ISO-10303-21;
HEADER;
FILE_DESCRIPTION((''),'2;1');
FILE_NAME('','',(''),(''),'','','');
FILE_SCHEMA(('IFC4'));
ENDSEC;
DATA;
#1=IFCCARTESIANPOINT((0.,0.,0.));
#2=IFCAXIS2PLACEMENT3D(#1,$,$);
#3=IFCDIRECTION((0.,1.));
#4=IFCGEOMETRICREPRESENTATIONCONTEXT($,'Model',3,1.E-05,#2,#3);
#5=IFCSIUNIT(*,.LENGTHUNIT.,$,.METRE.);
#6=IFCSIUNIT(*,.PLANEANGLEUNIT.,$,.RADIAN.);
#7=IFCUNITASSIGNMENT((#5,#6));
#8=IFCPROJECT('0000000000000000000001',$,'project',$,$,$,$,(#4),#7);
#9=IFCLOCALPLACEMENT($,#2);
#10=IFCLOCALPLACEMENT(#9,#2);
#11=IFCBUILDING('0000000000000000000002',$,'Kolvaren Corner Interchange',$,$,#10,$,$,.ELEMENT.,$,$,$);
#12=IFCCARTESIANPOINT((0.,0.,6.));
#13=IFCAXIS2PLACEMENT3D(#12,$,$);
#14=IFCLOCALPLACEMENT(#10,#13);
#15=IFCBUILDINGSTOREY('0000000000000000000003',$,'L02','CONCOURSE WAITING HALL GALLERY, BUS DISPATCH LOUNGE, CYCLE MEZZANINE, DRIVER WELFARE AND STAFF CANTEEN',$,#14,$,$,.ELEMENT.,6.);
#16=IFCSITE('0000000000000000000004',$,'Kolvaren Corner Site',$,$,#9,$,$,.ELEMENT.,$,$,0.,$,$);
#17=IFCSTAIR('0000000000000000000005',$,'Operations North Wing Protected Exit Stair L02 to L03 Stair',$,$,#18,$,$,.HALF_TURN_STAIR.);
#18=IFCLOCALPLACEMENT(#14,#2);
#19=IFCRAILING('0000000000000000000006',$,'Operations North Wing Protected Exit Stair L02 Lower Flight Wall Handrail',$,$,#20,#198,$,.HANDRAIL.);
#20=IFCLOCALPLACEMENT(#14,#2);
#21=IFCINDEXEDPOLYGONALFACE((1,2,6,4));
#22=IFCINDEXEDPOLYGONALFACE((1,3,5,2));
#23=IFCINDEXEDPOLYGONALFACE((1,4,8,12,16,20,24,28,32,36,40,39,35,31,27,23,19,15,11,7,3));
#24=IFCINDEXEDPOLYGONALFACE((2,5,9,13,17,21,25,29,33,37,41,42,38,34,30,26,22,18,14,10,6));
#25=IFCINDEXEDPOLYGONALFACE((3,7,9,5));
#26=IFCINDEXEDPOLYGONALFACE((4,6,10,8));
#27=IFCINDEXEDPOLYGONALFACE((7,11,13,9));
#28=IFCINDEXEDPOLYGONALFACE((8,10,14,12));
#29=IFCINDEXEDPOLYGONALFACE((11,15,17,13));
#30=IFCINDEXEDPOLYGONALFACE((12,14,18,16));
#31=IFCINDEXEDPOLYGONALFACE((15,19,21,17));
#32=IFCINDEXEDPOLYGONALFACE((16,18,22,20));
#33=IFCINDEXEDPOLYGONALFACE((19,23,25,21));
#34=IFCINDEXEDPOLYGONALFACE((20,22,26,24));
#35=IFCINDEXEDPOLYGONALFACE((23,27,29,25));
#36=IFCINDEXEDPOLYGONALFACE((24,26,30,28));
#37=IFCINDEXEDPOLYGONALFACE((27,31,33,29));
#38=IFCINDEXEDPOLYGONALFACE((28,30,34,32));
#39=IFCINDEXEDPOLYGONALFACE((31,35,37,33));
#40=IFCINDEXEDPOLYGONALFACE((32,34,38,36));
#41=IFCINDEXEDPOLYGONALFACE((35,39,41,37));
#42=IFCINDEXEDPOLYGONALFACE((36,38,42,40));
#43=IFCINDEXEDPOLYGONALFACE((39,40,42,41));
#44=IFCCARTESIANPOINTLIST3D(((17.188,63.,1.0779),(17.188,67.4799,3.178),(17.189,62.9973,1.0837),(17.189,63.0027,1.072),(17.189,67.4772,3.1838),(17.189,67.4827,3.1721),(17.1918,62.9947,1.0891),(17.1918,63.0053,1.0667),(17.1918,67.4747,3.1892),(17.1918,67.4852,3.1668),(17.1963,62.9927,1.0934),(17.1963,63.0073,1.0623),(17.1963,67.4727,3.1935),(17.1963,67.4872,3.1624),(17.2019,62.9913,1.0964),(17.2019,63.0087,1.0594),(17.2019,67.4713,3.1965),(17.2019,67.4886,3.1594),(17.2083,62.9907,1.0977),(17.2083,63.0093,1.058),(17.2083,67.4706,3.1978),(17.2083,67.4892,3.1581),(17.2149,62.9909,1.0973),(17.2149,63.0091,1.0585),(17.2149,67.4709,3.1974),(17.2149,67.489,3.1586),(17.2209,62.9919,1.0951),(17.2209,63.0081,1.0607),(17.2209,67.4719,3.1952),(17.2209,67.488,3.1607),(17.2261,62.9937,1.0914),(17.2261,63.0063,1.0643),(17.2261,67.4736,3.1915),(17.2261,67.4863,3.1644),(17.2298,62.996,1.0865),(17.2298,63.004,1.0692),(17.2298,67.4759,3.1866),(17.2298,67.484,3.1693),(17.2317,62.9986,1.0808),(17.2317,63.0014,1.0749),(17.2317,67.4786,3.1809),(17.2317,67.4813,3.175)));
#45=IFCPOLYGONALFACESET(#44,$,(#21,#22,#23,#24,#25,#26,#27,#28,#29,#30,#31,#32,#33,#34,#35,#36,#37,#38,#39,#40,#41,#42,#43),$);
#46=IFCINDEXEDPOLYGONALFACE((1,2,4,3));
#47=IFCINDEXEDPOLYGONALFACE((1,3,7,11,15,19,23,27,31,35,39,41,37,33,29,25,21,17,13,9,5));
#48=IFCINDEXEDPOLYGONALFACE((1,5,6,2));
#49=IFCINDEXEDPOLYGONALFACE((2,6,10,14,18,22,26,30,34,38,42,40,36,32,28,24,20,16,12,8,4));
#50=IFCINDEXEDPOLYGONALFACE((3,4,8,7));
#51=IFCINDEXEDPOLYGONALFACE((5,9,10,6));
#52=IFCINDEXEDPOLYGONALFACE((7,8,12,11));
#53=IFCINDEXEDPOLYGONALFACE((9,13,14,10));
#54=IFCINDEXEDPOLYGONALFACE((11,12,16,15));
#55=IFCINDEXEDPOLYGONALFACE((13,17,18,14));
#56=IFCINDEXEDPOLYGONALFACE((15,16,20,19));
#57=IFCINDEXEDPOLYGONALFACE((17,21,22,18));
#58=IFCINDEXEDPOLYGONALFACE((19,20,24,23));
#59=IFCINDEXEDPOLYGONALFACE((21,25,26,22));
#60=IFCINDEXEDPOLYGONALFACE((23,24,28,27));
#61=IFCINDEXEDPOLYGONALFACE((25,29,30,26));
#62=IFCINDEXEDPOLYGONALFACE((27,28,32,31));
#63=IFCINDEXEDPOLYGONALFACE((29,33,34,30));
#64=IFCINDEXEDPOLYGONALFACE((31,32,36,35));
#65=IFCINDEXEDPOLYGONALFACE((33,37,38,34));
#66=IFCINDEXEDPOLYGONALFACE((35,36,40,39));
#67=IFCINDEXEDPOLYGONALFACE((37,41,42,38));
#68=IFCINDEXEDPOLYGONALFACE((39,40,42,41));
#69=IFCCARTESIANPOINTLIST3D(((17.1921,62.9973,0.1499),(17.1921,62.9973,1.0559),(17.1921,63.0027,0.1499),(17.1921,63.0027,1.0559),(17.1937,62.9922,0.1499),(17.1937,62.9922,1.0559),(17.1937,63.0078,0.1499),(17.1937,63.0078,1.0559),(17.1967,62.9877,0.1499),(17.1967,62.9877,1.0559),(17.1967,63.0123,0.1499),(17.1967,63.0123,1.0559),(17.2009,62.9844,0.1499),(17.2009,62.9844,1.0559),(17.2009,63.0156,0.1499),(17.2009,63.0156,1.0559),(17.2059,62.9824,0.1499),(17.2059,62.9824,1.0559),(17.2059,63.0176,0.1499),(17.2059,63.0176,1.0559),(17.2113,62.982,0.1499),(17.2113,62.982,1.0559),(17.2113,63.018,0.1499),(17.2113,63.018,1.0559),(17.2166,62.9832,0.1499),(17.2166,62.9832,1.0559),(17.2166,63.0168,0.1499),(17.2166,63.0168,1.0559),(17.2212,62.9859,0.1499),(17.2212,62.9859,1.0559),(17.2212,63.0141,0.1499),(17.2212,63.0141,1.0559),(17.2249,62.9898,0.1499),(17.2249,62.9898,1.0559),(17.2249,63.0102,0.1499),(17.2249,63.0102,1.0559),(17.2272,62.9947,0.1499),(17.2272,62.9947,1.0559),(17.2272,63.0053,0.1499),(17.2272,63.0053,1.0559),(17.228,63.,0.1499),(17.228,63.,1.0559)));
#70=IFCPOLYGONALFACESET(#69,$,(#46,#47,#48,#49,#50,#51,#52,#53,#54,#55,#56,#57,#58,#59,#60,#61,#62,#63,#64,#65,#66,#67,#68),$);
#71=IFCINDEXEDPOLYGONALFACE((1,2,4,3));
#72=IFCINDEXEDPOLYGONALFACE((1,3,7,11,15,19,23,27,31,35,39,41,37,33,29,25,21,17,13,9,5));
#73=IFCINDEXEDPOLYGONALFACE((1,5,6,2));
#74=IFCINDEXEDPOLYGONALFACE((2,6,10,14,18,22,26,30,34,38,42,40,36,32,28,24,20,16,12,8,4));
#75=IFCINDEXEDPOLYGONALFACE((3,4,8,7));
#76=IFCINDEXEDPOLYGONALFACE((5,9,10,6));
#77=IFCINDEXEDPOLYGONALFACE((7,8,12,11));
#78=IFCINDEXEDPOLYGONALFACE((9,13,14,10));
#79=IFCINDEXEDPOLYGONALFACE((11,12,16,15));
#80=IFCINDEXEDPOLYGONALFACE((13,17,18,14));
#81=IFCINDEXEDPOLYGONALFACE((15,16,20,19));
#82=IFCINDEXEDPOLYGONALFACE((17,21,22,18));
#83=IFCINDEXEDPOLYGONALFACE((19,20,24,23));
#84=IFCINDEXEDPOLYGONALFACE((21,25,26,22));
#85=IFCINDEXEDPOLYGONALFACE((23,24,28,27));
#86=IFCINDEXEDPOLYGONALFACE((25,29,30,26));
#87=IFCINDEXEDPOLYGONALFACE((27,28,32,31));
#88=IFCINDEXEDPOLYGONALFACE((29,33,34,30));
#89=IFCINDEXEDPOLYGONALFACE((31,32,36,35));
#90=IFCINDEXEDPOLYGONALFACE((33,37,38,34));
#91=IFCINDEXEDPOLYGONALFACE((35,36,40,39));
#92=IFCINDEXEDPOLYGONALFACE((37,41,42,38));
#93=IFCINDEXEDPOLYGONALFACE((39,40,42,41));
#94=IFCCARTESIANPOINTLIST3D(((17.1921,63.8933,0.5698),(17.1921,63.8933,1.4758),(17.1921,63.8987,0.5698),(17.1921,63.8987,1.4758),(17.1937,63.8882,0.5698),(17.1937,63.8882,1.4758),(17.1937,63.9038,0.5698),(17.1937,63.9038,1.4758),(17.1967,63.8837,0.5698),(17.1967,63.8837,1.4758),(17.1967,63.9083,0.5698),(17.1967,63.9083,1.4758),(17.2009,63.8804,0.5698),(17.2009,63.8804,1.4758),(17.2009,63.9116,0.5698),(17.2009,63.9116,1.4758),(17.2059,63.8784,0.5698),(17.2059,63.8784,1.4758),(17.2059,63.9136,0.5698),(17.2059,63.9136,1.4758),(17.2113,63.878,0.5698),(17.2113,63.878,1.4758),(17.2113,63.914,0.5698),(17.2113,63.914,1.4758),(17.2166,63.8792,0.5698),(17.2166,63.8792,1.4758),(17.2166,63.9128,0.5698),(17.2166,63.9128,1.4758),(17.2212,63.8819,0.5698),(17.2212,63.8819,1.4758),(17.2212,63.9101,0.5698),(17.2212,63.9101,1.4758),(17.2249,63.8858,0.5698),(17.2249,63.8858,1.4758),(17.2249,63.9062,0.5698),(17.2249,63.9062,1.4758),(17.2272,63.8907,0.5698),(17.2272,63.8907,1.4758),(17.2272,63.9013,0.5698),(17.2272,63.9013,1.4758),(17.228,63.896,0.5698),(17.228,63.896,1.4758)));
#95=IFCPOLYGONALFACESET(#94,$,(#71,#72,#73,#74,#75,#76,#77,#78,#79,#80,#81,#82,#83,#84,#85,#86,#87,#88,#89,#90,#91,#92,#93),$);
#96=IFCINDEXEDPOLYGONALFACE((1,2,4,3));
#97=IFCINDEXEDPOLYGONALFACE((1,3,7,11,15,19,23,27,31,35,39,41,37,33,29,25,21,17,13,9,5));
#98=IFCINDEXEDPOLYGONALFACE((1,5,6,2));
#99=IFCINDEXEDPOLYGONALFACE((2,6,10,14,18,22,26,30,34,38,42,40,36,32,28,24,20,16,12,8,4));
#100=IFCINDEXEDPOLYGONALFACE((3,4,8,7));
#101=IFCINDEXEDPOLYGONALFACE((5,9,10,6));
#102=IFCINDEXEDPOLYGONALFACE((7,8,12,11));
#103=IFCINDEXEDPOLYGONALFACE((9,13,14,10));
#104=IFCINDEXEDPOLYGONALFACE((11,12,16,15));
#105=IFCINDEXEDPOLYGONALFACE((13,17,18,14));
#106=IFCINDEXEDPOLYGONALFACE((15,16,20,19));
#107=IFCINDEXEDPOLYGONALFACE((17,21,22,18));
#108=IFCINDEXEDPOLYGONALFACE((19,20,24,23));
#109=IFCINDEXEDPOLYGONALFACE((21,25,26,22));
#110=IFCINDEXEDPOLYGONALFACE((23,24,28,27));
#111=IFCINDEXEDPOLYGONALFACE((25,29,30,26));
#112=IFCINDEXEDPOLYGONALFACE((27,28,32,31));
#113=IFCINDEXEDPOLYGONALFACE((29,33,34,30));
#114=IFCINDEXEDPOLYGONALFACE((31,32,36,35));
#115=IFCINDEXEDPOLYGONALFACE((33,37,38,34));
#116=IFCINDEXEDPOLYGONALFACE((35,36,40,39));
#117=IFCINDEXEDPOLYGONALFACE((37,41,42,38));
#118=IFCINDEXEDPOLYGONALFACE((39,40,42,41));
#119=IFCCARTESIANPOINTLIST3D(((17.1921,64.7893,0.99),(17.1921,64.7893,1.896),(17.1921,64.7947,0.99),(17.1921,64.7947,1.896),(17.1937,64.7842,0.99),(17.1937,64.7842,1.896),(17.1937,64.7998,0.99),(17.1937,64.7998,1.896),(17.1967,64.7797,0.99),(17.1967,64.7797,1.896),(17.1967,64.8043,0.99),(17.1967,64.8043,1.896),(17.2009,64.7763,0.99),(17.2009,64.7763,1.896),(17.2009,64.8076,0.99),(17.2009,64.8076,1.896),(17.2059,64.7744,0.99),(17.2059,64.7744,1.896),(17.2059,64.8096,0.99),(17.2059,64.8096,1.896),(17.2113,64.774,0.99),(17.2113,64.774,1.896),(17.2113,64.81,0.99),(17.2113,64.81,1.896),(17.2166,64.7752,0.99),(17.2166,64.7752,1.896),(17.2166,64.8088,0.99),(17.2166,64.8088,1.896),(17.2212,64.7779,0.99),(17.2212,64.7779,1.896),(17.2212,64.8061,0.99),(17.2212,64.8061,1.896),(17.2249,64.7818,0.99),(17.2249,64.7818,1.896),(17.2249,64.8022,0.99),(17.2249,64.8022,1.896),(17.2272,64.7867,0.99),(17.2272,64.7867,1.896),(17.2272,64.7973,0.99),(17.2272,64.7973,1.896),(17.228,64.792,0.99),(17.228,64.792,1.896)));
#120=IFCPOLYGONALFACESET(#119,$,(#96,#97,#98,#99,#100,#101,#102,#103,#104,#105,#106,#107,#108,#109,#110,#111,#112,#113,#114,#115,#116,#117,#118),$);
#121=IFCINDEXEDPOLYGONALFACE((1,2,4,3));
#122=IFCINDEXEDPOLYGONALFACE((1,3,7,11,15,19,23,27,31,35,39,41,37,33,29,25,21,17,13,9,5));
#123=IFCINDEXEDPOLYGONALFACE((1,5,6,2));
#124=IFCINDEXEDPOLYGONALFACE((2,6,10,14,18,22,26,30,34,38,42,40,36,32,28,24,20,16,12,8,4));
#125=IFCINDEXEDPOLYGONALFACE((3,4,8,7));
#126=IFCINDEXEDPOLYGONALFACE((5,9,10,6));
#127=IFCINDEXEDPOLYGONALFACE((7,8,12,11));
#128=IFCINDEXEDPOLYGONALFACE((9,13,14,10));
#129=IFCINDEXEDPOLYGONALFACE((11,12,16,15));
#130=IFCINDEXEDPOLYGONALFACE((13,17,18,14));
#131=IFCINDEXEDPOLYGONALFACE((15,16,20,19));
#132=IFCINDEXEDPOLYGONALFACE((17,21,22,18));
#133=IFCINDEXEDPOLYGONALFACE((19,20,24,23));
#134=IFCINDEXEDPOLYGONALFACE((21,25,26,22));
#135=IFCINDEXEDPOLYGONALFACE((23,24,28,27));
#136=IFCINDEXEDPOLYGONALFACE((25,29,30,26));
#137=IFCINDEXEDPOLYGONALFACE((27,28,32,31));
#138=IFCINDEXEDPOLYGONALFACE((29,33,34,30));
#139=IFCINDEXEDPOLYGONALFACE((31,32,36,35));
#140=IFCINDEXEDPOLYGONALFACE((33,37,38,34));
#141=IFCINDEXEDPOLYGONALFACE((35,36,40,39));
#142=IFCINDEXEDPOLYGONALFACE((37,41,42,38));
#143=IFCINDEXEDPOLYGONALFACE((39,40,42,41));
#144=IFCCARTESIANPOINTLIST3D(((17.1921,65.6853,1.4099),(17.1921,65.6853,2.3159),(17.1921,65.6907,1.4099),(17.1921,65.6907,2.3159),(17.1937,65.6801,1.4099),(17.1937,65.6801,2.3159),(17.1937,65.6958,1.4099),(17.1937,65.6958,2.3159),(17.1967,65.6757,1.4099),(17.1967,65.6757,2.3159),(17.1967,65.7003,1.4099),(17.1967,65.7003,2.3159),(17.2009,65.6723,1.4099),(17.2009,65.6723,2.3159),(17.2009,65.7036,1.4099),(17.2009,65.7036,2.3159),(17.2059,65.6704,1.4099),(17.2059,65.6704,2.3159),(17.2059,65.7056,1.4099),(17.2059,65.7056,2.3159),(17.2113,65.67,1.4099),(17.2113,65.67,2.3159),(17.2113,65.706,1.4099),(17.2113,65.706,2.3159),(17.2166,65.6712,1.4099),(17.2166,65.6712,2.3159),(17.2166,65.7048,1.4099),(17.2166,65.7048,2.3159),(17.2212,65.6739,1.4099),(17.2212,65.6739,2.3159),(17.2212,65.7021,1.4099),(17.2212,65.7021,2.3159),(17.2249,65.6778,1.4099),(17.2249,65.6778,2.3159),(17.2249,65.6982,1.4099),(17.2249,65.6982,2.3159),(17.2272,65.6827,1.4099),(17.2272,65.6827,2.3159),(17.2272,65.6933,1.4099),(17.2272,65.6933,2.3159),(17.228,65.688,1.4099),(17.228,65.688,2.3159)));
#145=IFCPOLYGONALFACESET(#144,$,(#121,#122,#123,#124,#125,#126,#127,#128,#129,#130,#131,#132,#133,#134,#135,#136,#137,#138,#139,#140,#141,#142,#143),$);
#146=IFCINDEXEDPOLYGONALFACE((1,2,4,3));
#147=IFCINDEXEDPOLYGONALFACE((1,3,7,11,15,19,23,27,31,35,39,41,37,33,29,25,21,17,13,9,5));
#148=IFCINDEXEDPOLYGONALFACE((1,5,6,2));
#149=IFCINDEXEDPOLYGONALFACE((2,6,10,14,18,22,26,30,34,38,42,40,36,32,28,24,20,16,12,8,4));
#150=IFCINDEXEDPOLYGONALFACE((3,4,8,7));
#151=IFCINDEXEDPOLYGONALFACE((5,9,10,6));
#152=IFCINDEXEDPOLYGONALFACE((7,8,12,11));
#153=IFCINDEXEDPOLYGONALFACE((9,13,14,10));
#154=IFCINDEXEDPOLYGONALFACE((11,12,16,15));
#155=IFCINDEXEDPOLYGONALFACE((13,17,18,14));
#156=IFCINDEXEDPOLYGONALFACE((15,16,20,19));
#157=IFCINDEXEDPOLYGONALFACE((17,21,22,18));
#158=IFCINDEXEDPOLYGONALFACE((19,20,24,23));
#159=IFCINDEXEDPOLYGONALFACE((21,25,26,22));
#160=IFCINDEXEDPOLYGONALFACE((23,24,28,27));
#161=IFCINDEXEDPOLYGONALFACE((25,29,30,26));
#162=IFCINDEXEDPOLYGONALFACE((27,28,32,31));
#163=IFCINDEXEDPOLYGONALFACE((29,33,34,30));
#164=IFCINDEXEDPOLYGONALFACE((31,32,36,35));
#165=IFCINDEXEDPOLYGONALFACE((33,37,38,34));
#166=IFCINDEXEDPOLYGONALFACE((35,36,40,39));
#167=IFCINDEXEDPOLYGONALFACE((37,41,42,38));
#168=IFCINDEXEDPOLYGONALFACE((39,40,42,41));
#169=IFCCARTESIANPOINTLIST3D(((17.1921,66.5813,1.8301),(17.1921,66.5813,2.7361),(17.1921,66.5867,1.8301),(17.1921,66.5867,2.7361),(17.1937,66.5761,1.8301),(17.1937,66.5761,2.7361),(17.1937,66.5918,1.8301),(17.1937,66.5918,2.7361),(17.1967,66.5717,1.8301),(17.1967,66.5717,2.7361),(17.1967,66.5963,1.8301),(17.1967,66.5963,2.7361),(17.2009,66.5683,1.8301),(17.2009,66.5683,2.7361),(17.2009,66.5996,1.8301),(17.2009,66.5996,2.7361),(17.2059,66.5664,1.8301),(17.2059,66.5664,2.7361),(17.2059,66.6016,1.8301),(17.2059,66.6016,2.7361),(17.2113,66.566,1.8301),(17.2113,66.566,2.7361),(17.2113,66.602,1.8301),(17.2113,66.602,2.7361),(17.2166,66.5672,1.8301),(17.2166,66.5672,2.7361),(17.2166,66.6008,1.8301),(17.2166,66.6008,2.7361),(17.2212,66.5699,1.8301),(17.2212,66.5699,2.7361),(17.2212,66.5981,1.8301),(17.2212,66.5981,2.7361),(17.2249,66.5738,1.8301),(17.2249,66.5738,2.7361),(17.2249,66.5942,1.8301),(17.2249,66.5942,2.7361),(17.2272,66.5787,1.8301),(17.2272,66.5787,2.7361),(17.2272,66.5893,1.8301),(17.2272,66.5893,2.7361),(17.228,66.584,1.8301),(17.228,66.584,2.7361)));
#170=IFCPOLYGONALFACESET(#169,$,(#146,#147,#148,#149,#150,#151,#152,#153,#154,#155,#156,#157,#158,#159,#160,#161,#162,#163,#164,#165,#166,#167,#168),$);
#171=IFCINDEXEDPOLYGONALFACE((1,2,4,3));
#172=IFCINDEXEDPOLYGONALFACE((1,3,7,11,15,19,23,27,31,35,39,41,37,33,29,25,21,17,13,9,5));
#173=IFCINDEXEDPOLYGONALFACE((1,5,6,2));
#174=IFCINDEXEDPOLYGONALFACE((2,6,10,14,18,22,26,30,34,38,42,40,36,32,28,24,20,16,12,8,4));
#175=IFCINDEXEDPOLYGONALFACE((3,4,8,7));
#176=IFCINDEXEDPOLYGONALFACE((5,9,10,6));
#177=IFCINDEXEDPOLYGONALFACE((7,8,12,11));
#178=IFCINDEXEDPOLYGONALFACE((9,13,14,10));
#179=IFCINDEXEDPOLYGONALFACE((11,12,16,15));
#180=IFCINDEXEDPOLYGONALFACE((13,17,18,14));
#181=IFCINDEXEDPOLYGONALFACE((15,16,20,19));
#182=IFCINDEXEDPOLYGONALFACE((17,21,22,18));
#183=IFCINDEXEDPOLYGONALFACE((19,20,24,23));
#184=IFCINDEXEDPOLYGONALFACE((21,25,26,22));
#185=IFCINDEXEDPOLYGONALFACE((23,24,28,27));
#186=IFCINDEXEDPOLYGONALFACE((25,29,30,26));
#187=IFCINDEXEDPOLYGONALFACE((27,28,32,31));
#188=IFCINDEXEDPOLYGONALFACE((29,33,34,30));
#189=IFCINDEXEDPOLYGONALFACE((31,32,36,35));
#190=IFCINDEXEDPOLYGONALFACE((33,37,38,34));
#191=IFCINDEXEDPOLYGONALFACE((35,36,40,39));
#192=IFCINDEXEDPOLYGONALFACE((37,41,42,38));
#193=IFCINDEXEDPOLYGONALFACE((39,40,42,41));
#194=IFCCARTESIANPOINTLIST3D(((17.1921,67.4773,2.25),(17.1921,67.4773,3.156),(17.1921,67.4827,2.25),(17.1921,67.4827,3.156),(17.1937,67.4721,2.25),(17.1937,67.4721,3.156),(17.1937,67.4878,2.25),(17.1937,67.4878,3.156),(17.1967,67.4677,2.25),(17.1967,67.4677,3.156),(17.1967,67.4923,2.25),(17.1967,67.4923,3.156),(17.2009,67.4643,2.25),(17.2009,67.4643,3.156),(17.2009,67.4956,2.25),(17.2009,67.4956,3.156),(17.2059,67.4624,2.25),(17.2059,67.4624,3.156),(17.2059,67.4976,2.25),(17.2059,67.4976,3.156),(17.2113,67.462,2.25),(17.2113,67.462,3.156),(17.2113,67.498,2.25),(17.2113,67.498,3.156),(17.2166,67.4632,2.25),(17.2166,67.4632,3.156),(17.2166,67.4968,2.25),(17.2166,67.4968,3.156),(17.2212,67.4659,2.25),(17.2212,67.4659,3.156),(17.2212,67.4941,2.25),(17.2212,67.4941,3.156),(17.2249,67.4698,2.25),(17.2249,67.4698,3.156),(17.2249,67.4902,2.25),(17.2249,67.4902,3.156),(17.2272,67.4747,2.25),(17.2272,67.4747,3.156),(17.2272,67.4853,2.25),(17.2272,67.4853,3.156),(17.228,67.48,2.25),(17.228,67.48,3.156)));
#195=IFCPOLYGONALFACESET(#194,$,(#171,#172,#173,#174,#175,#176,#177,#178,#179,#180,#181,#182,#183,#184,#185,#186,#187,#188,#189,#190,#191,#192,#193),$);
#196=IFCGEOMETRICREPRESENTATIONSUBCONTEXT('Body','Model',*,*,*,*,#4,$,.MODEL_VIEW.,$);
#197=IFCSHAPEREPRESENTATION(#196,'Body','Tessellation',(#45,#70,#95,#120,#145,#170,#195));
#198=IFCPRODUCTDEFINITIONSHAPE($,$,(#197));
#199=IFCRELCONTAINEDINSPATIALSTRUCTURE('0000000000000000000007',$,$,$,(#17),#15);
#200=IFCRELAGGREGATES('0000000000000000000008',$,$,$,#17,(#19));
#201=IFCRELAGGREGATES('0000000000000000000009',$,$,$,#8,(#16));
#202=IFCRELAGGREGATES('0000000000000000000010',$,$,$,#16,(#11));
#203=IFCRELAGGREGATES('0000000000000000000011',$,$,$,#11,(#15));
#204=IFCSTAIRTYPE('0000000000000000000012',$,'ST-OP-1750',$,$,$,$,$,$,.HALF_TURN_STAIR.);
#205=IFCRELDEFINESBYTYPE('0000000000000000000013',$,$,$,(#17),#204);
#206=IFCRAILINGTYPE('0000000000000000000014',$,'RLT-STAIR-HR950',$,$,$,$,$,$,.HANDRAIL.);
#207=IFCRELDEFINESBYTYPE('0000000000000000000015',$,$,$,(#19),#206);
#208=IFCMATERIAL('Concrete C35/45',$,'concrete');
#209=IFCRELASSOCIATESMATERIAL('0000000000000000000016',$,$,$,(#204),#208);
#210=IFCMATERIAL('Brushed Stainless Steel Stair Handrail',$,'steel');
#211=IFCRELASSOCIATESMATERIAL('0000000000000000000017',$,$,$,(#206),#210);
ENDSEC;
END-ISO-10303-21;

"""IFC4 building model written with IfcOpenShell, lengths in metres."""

from ifc_helpers import new_model, si_unit, direction, frame, origin, origin_2d, place, context, subcontext, project, spatial, circle, extrude, material, type_object, element, aggregate, save


model = new_model("IFC4")

# Units and contexts
model_context = context("Model", 3, precision=1e-05, world=origin(), true_north=direction((0.0, 1.0)))
body_context = subcontext(model_context, "Body", "Model", "MODEL_VIEW")
ifc_project = project(units=[si_unit("LENGTHUNIT", "METRE"), si_unit("PLANEANGLEUNIT", "RADIAN")], contexts=[model_context])

# Site, building, storey
site_placement = place(None, origin())
site = spatial("IfcSite", under=ifc_project, at=site_placement, Name="Kolvaren Corner Site", CompositionType="ELEMENT", RefElevation=0.0)
building_placement = place(site_placement, origin())
building = spatial("IfcBuilding", under=site, at=building_placement, Name="Kolvaren Corner Interchange", CompositionType="ELEMENT")
storey_placement = place(building_placement, frame((0.0, 0.0, 6.0)))
storey = spatial("IfcBuildingStorey", under=building, at=storey_placement, Name="L02", Description="CONCOURSE WAITING HALL GALLERY, BUS DISPATCH LOUNGE, CYCLE MEZZANINE, DRIVER WELFARE AND STAFF CANTEEN", CompositionType="ELEMENT", Elevation=6.0)

# Stair
ifc_material_1 = material(Name="Concrete C35/45", Category="concrete")
stair_type = type_object("IfcStairType", Name="ST-OP-1750", PredefinedType="HALF_TURN_STAIR", material=ifc_material_1)
stair_placement = place(storey_placement, origin())
stair = element("IfcStair", 1, at=stair_placement, inside=storey, type_object=stair_type, Name="Operations North Wing Protected Exit Stair L02 to L03 Stair", PredefinedType="HALF_TURN_STAIR")

# Railing
ifc_material_2 = material(Name="Brushed Stainless Steel Stair Handrail", Category="steel")
railing_type_1 = type_object("IfcRailingType", Name="RLT-STAIR-HR950", PredefinedType="HANDRAIL", material=ifc_material_2)
railing_1_placement = place(storey_placement, frame((17.21, 63.0, 0.1499)))
railing_1 = element("IfcRailing", 2, at=railing_1_placement, type_object=railing_type_1, Name="Operations North Wing Protected Exit Stair L02 Lower Flight Wall Handrail", PredefinedType="HANDRAIL", context=body_context, shape_type="SweptSolid", body=[
    extrude(circle(Radius=0.022, at=origin_2d()), frame((0.0, 0.0, 0.928), z_axis=(0.0, 0.905451, 0.424452), x_axis=(-1.0, 0.0, 0.0)), (0.0, 0.0, 1.0), 4.9478),
    extrude(circle(Radius=0.0181, at=origin_2d()), origin(), (0.0, 0.0, 1.0), 0.906),
    extrude(circle(Radius=0.0181, at=origin_2d()), frame((0.0, 0.896, 0.4199)), (0.0, 0.0, 1.0), 0.906),
    extrude(circle(Radius=0.0181, at=origin_2d()), frame((0.0, 1.792, 0.8401)), (0.0, 0.0, 1.0), 0.906),
    extrude(circle(Radius=0.0181, at=origin_2d()), frame((0.0, 2.688, 1.26)), (0.0, 0.0, 1.0), 0.906),
    extrude(circle(Radius=0.0181, at=origin_2d()), frame((0.0, 3.584, 1.6802)), (0.0, 0.0, 1.0), 0.906),
    extrude(circle(Radius=0.0181, at=origin_2d()), frame((0.0, 4.48, 2.1001)), (0.0, 0.0, 1.0), 0.906),
])
aggregate(stair, [railing_1])

save(model, "model.ifc")
